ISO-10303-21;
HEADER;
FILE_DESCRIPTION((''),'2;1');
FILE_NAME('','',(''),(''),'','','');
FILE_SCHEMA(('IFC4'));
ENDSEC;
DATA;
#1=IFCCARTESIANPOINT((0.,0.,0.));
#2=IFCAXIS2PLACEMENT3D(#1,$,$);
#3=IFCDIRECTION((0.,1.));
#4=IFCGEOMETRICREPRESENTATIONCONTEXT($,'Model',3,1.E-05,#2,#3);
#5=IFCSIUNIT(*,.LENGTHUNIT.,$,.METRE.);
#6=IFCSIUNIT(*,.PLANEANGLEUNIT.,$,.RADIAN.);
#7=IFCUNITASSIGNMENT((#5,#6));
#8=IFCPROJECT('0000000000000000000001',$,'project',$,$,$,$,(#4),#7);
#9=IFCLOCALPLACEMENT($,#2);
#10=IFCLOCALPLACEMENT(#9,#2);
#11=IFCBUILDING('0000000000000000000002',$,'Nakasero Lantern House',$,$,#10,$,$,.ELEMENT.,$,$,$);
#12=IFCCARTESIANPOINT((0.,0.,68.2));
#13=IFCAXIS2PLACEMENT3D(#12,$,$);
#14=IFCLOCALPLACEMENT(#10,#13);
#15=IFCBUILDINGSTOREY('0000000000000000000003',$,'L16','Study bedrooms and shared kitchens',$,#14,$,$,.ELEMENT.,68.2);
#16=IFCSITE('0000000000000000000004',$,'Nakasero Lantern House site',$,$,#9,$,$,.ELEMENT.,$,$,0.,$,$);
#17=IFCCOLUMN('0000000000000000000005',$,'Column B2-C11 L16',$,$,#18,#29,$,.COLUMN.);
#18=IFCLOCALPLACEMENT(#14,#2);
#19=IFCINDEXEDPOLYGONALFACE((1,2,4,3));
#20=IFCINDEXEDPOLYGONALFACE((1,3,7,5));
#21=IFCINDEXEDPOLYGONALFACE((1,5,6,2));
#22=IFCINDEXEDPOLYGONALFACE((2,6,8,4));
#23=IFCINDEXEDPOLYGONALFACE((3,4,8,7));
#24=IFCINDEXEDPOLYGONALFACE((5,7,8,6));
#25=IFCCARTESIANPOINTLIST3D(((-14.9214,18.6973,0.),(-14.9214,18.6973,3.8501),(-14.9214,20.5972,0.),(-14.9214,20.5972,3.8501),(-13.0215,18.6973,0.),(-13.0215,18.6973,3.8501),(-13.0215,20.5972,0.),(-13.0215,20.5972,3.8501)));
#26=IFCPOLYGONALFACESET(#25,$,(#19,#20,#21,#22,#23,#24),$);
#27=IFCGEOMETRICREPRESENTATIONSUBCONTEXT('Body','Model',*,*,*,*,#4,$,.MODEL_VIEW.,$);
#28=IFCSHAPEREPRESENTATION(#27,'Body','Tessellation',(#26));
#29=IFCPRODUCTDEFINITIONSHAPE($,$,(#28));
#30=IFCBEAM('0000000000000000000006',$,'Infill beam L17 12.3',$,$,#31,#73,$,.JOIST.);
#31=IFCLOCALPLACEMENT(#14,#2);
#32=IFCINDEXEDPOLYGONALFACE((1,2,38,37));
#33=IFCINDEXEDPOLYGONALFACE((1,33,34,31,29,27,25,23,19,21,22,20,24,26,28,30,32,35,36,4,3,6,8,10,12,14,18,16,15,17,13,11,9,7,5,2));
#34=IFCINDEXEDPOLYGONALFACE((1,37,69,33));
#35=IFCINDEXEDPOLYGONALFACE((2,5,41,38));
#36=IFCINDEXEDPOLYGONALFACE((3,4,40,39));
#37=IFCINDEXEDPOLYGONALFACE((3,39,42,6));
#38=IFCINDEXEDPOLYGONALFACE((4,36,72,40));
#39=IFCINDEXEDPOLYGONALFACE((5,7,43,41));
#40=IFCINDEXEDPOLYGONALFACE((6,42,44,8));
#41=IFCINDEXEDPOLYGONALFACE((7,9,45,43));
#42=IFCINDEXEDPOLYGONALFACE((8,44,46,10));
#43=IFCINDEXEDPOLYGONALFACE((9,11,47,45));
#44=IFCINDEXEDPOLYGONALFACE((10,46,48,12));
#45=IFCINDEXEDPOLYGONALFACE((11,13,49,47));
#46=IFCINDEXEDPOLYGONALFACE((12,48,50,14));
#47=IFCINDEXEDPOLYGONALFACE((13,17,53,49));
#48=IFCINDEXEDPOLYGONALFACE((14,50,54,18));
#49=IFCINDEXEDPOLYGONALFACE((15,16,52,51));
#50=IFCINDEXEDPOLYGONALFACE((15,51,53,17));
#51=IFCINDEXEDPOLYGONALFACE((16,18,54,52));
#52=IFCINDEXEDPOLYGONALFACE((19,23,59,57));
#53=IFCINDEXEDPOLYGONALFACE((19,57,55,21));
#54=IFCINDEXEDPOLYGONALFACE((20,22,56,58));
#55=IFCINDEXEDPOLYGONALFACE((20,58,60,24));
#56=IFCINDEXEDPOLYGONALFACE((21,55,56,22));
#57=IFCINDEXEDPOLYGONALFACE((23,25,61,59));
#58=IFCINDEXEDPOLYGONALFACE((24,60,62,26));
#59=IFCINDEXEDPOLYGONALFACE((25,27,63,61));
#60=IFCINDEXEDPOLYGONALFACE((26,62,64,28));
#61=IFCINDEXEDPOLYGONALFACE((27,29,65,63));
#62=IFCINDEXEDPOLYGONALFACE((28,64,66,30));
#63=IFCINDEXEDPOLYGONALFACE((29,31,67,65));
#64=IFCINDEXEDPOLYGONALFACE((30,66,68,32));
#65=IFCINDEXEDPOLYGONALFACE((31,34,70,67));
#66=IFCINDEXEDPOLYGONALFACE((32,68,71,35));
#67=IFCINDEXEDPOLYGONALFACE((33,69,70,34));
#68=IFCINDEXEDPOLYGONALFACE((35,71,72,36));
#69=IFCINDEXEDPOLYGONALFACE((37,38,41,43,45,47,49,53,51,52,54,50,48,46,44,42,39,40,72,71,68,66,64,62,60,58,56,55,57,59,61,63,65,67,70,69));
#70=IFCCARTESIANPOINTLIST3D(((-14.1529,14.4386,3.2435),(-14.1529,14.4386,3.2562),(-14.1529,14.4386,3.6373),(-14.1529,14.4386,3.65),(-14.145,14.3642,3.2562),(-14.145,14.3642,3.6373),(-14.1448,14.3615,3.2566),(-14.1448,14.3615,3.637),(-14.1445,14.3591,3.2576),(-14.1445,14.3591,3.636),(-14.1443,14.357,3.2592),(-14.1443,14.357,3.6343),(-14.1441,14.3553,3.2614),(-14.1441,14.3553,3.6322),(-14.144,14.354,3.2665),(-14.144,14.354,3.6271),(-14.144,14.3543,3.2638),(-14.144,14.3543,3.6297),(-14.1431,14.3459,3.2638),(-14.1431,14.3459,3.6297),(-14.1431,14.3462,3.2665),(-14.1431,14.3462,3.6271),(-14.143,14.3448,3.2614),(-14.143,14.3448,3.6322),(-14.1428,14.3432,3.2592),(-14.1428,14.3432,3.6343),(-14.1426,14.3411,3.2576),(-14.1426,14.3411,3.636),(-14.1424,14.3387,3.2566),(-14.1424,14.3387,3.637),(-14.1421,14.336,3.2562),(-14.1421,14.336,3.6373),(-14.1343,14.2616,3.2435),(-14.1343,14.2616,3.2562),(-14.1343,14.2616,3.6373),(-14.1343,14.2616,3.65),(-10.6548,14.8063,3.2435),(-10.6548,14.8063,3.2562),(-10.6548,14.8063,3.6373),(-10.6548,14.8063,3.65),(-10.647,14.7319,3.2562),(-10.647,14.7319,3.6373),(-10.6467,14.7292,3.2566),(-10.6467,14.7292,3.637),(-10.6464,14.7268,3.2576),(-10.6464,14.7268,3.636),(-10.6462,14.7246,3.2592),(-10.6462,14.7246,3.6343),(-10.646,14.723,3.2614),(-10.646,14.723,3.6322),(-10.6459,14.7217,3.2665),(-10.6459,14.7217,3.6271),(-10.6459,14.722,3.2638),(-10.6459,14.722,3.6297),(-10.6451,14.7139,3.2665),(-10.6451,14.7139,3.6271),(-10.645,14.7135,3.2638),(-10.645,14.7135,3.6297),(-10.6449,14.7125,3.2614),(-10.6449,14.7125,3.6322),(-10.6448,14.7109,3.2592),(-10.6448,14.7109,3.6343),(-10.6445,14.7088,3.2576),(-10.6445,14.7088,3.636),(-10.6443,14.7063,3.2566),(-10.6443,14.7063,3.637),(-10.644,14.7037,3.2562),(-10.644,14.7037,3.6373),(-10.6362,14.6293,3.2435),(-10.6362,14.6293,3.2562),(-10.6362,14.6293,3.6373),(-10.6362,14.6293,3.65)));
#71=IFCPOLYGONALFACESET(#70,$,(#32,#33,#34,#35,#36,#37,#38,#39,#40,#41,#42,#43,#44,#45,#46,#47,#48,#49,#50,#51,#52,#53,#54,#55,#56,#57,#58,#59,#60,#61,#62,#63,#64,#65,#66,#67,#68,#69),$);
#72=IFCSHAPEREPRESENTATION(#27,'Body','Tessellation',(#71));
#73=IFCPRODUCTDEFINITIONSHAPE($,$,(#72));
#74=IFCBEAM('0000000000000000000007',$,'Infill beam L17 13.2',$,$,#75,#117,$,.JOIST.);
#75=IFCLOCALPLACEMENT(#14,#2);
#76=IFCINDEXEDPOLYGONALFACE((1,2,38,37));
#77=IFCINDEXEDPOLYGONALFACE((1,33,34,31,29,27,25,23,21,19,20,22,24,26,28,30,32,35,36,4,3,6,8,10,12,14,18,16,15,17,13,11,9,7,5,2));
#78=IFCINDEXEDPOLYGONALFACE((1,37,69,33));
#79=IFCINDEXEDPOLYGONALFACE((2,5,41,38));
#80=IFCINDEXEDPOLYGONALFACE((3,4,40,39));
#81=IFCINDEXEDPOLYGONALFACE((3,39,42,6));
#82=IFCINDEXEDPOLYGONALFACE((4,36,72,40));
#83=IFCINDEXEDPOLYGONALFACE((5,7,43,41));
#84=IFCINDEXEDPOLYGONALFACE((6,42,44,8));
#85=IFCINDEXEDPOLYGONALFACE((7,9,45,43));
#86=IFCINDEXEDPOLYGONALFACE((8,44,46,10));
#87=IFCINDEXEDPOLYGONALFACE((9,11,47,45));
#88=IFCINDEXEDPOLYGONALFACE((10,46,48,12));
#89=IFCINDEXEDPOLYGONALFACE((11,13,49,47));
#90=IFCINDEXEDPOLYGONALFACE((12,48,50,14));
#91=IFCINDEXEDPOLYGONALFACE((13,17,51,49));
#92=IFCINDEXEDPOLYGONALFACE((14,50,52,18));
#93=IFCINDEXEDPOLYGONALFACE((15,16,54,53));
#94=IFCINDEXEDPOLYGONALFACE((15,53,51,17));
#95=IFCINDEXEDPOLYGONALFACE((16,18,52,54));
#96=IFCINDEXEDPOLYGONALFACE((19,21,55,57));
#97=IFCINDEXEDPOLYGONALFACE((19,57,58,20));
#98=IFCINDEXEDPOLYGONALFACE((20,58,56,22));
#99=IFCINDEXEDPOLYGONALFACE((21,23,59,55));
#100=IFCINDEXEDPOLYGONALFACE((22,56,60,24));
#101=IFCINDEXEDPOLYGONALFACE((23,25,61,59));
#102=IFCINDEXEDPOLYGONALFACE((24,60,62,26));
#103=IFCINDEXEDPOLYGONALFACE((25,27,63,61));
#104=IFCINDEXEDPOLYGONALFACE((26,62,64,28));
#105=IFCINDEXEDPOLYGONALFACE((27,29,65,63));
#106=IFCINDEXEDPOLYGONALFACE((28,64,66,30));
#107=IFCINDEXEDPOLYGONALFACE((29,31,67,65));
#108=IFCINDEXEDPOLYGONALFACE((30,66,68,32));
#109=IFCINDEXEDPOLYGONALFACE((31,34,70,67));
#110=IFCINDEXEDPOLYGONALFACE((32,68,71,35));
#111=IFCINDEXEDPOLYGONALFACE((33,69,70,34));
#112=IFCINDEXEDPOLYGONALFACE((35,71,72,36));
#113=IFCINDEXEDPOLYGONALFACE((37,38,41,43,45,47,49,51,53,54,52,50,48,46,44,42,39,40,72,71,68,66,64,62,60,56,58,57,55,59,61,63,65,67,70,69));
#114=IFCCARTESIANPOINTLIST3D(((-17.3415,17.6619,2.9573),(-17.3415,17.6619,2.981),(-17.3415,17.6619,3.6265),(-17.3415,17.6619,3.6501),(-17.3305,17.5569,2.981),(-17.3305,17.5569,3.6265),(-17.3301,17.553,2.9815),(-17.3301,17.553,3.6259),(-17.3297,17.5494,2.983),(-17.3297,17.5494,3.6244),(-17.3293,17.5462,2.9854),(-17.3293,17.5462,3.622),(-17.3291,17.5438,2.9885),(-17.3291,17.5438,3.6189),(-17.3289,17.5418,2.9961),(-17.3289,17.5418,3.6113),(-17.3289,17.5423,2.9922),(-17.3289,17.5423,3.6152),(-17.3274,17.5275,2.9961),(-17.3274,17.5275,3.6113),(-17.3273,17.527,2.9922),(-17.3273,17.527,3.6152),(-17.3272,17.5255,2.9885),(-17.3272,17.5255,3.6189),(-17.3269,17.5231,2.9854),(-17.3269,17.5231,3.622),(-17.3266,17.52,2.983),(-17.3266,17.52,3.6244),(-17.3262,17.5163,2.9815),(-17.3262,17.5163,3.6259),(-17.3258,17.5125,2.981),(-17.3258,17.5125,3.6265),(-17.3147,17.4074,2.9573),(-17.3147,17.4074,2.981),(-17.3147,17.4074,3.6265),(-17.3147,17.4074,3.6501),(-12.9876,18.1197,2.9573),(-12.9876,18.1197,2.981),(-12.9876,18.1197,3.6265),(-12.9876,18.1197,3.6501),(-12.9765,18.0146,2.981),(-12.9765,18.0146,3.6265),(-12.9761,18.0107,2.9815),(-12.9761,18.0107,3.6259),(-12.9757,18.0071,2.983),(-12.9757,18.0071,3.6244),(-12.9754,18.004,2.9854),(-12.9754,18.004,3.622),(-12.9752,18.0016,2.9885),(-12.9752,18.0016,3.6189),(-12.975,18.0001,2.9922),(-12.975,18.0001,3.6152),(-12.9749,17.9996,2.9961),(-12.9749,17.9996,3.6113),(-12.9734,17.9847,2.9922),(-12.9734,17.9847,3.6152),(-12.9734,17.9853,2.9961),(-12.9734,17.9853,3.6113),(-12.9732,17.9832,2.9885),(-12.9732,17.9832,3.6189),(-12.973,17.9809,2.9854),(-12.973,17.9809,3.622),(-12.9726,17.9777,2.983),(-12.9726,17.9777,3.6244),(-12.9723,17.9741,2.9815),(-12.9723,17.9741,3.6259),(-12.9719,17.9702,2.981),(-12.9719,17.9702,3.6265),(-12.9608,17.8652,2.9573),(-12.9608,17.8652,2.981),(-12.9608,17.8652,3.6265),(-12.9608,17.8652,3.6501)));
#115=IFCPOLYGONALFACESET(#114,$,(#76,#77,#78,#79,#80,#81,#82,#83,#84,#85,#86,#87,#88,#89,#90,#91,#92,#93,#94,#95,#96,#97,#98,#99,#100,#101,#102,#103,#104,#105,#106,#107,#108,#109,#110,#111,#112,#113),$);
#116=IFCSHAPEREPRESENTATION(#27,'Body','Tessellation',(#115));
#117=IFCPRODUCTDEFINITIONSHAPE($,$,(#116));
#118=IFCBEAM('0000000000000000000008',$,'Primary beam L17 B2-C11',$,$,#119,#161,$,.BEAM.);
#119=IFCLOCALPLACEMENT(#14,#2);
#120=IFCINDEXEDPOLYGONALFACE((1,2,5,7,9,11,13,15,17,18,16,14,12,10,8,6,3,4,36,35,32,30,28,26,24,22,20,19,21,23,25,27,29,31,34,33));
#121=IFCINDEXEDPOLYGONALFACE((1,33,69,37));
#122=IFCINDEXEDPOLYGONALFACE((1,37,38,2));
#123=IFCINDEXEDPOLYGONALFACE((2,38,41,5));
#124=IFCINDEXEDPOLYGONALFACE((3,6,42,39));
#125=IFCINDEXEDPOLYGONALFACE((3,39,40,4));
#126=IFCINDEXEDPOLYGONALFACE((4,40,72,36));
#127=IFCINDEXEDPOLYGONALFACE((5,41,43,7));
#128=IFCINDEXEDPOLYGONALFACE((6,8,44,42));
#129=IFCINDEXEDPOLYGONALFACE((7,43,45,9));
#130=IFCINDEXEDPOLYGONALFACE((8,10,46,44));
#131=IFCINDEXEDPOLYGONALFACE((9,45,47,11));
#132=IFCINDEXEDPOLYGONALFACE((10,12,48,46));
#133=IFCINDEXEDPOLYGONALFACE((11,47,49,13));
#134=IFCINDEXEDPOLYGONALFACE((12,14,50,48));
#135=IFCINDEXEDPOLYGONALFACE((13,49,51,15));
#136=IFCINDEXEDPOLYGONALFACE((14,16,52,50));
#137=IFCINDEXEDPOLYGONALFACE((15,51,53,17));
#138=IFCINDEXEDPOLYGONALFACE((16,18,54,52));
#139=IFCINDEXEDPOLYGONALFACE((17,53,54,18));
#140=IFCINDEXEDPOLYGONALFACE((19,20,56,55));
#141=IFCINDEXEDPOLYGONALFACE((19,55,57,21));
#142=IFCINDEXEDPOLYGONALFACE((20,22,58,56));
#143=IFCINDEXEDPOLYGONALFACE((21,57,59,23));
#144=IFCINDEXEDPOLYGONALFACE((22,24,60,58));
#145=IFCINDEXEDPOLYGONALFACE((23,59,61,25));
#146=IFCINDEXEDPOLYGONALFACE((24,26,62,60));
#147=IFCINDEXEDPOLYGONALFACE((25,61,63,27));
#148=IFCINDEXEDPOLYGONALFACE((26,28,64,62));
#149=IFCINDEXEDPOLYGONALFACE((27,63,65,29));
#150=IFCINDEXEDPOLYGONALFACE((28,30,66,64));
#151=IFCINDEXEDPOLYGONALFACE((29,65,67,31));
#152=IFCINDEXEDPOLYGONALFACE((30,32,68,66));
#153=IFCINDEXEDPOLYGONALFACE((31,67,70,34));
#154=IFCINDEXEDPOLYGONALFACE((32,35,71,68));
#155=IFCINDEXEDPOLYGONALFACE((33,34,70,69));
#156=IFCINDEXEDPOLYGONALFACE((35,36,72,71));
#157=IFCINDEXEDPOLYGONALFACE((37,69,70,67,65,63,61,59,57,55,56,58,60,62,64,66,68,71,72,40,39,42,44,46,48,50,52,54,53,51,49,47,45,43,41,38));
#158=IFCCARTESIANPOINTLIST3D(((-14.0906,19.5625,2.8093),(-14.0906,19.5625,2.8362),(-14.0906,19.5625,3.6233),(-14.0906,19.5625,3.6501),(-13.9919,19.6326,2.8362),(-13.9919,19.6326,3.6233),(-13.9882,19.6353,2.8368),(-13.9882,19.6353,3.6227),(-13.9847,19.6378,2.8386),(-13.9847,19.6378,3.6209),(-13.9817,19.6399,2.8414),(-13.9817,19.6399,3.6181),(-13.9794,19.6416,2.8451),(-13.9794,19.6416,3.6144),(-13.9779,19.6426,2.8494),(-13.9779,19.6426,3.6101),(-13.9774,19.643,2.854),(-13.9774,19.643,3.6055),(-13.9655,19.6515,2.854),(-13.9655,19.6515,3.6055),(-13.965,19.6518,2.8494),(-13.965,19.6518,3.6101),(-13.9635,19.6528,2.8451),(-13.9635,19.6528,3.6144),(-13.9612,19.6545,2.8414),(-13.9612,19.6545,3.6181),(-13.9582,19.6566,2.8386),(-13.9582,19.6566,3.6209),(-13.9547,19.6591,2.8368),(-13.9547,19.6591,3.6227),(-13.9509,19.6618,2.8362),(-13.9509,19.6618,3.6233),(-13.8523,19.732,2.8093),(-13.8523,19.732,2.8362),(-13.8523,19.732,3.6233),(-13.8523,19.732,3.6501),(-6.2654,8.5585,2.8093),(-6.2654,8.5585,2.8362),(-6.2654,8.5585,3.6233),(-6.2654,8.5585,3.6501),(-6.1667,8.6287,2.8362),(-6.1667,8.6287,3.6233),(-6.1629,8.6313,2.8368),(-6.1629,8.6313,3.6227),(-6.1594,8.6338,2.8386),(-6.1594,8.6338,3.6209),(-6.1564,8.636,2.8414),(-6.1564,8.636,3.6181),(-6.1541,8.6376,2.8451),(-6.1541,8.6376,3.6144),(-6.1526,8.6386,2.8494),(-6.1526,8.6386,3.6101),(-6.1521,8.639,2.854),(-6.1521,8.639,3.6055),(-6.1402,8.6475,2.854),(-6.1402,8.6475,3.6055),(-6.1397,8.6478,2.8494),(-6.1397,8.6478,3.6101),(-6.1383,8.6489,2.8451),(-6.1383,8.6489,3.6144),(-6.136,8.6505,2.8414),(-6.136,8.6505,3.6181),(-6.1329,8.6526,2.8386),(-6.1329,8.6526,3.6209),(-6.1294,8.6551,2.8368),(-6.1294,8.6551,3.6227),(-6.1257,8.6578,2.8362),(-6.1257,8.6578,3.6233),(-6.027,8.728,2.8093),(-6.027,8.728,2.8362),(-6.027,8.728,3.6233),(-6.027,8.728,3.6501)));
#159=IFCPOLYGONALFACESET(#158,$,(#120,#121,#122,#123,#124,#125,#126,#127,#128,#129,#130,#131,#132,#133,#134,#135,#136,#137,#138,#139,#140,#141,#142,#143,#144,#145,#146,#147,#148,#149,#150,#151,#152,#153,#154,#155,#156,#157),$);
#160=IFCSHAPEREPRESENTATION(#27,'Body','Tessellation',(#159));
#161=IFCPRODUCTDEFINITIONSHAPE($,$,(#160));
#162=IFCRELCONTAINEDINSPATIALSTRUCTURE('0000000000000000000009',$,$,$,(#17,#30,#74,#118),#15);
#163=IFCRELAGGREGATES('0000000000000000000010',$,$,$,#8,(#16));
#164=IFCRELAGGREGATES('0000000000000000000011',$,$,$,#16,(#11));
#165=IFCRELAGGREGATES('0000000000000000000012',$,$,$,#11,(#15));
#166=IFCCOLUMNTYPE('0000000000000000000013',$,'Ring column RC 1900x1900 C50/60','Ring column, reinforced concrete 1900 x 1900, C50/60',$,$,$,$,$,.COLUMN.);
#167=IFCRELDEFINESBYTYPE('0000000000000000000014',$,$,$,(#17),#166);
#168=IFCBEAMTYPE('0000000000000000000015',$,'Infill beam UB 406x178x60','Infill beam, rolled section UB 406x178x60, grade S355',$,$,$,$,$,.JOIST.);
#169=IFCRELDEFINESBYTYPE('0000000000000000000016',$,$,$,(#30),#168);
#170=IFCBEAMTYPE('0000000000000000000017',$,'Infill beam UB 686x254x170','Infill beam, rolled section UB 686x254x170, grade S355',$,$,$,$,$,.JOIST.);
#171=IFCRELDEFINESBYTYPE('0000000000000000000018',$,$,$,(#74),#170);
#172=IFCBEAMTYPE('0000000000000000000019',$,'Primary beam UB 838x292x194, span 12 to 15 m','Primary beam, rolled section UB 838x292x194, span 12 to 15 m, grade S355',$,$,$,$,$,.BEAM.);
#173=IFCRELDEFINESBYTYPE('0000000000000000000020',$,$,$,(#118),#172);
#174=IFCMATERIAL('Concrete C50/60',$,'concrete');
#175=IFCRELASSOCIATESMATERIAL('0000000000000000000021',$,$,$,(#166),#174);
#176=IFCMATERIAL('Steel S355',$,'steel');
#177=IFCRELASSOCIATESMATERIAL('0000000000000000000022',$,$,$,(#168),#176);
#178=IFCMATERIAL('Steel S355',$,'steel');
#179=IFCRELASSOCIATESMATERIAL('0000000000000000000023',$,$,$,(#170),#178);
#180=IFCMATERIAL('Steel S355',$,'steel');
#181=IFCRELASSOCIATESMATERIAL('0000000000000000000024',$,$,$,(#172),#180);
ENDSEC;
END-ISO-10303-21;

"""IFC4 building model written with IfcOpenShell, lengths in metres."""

from ifc_helpers import new_model, si_unit, direction, frame, origin, origin_2d, place, context, subcontext, project, spatial, rectangle, i_section, extrude, material, material_profile, profile_set, type_object, element, save


model = new_model("IFC4")

# Units and contexts
model_context = context("Model", 3, precision=1e-05, world=origin(), true_north=direction((0.0, 1.0)))
body_context = subcontext(model_context, "Body", "Model", "MODEL_VIEW")
ifc_project = project(units=[si_unit("LENGTHUNIT", "METRE"), si_unit("PLANEANGLEUNIT", "RADIAN")], contexts=[model_context])

# Site, building, storey
site_placement = place(None, origin())
site = spatial("IfcSite", under=ifc_project, at=site_placement, Name="Nakasero Lantern House site", CompositionType="ELEMENT", RefElevation=0.0)
building_placement = place(site_placement, origin())
building = spatial("IfcBuilding", under=site, at=building_placement, Name="Nakasero Lantern House", CompositionType="ELEMENT")
storey_placement = place(building_placement, frame((0.0, 0.0, 68.2)))
storey = spatial("IfcBuildingStorey", under=building, at=storey_placement, Name="L16", Description="Study bedrooms and shared kitchens", CompositionType="ELEMENT", Elevation=68.2)

# Column
ifc_material_1 = material(Name="Concrete C50/60", Category="concrete")
ifc_material_profile_1 = material_profile(ifc_material_1, rectangle(XDim=1.8999, YDim=1.8999, at=origin_2d()), Name="RC 1900x1900")
ifc_profile_set_1 = profile_set([ifc_material_profile_1], Name="Concrete C50/60")
column_type = type_object("IfcColumnType", Name="Ring column RC 1900x1900 C50/60", Description="Ring column, reinforced concrete 1900 x 1900, C50/60", PredefinedType="COLUMN", material=ifc_profile_set_1)
column_placement = place(storey_placement, frame((-13.9714, 19.6472, 0.0), z_axis=(0.0, 0.0, 1.0), x_axis=(1.0, 0.0, 0.0)))
element("IfcColumn", 1, at=column_placement, inside=storey, type_object=column_type, Name="Column B2-C11 L16", PredefinedType="COLUMN", context=body_context, shape_type="SweptSolid", body=[
    extrude(rectangle(XDim=1.8999, YDim=1.8999, at=origin_2d()), origin(), (0.0, 0.0, 1.0), 3.8501),
])

# Beams
ifc_material_2 = material(Name="Steel S355", Category="steel")
ifc_material_profile_2 = material_profile(ifc_material_2, i_section(OverallWidth=0.178, OverallDepth=0.4065, WebThickness=0.0078, FlangeThickness=0.0127, FilletRadius=0.0103, at=origin_2d()), Name="UB 406x178x60")
ifc_profile_set_2 = profile_set([ifc_material_profile_2], Name="Steel S355")
beam_type_1 = type_object("IfcBeamType", Name="Infill beam UB 406x178x60", Description="Infill beam, rolled section UB 406x178x60, grade S355", PredefinedType="JOIST", material=ifc_profile_set_2)
beam_1_placement = place(storey_placement, frame((-14.1436, 14.3501, 3.4468), z_axis=(0.994521, 0.104533, 0.0), x_axis=(-0.104533, 0.994521, 0.0)))
element("IfcBeam", 2, at=beam_1_placement, inside=storey, type_object=beam_type_1, Name="Infill beam L17 12.3", PredefinedType="JOIST", context=body_context, shape_type="SweptSolid", body=[
    extrude(i_section(OverallWidth=0.178, OverallDepth=0.4065, WebThickness=0.0078, FlangeThickness=0.0127, FilletRadius=0.0103, at=origin_2d()), origin(), (0.0, 0.0, 1.0), 3.5173),
])
ifc_material_3 = material(Name="Steel S355", Category="steel")
ifc_material_profile_3 = material_profile(ifc_material_3, i_section(OverallWidth=0.2559, OverallDepth=0.6929, WebThickness=0.0144, FlangeThickness=0.0237, FilletRadius=0.0151, at=origin_2d()), Name="UB 686x254x170")
ifc_profile_set_3 = profile_set([ifc_material_profile_3], Name="Steel S355")
beam_type_2 = type_object("IfcBeamType", Name="Infill beam UB 686x254x170", Description="Infill beam, rolled section UB 686x254x170, grade S355", PredefinedType="JOIST", material=ifc_profile_set_3)
beam_2_placement = place(storey_placement, frame((-17.3281, 17.5347, 3.3037), z_axis=(0.994519, 0.10456, 0.0), x_axis=(-0.10456, 0.994519, 0.0)))
element("IfcBeam", 3, at=beam_2_placement, inside=storey, type_object=beam_type_2, Name="Infill beam L17 13.2", PredefinedType="JOIST", context=body_context, shape_type="SweptSolid", body=[
    extrude(i_section(OverallWidth=0.2559, OverallDepth=0.6929, WebThickness=0.0144, FlangeThickness=0.0237, FilletRadius=0.0151, at=origin_2d()), origin(), (0.0, 0.0, 1.0), 4.3779),
])
ifc_material_4 = material(Name="Steel S355", Category="steel")
ifc_material_profile_4 = material_profile(ifc_material_4, i_section(OverallWidth=0.2925, OverallDepth=0.8408, WebThickness=0.0146, FlangeThickness=0.0269, FilletRadius=0.0178, at=origin_2d()), Name="UB 838x292x194")
ifc_profile_set_4 = profile_set([ifc_material_profile_4], Name="Steel S355")
beam_type_3 = type_object("IfcBeamType", Name="Primary beam UB 838x292x194, span 12 to 15 m", Description="Primary beam, rolled section UB 838x292x194, span 12 to 15 m, grade S355", PredefinedType="BEAM", material=ifc_profile_set_4)
beam_3_placement = place(storey_placement, frame((-13.9714, 19.6472, 3.2297), z_axis=(0.579533, -0.814948, 0.0), x_axis=(0.814948, 0.579533, 0.0)))
element("IfcBeam", 4, at=beam_3_placement, inside=storey, type_object=beam_type_3, Name="Primary beam L17 B2-C11", PredefinedType="BEAM", context=body_context, shape_type="SweptSolid", body=[
    extrude(i_section(OverallWidth=0.2925, OverallDepth=0.8408, WebThickness=0.0146, FlangeThickness=0.0269, FilletRadius=0.0178, at=origin_2d()), origin(), (0.0, 0.0, 1.0), 13.5027),
])

save(model, "model.ifc")
